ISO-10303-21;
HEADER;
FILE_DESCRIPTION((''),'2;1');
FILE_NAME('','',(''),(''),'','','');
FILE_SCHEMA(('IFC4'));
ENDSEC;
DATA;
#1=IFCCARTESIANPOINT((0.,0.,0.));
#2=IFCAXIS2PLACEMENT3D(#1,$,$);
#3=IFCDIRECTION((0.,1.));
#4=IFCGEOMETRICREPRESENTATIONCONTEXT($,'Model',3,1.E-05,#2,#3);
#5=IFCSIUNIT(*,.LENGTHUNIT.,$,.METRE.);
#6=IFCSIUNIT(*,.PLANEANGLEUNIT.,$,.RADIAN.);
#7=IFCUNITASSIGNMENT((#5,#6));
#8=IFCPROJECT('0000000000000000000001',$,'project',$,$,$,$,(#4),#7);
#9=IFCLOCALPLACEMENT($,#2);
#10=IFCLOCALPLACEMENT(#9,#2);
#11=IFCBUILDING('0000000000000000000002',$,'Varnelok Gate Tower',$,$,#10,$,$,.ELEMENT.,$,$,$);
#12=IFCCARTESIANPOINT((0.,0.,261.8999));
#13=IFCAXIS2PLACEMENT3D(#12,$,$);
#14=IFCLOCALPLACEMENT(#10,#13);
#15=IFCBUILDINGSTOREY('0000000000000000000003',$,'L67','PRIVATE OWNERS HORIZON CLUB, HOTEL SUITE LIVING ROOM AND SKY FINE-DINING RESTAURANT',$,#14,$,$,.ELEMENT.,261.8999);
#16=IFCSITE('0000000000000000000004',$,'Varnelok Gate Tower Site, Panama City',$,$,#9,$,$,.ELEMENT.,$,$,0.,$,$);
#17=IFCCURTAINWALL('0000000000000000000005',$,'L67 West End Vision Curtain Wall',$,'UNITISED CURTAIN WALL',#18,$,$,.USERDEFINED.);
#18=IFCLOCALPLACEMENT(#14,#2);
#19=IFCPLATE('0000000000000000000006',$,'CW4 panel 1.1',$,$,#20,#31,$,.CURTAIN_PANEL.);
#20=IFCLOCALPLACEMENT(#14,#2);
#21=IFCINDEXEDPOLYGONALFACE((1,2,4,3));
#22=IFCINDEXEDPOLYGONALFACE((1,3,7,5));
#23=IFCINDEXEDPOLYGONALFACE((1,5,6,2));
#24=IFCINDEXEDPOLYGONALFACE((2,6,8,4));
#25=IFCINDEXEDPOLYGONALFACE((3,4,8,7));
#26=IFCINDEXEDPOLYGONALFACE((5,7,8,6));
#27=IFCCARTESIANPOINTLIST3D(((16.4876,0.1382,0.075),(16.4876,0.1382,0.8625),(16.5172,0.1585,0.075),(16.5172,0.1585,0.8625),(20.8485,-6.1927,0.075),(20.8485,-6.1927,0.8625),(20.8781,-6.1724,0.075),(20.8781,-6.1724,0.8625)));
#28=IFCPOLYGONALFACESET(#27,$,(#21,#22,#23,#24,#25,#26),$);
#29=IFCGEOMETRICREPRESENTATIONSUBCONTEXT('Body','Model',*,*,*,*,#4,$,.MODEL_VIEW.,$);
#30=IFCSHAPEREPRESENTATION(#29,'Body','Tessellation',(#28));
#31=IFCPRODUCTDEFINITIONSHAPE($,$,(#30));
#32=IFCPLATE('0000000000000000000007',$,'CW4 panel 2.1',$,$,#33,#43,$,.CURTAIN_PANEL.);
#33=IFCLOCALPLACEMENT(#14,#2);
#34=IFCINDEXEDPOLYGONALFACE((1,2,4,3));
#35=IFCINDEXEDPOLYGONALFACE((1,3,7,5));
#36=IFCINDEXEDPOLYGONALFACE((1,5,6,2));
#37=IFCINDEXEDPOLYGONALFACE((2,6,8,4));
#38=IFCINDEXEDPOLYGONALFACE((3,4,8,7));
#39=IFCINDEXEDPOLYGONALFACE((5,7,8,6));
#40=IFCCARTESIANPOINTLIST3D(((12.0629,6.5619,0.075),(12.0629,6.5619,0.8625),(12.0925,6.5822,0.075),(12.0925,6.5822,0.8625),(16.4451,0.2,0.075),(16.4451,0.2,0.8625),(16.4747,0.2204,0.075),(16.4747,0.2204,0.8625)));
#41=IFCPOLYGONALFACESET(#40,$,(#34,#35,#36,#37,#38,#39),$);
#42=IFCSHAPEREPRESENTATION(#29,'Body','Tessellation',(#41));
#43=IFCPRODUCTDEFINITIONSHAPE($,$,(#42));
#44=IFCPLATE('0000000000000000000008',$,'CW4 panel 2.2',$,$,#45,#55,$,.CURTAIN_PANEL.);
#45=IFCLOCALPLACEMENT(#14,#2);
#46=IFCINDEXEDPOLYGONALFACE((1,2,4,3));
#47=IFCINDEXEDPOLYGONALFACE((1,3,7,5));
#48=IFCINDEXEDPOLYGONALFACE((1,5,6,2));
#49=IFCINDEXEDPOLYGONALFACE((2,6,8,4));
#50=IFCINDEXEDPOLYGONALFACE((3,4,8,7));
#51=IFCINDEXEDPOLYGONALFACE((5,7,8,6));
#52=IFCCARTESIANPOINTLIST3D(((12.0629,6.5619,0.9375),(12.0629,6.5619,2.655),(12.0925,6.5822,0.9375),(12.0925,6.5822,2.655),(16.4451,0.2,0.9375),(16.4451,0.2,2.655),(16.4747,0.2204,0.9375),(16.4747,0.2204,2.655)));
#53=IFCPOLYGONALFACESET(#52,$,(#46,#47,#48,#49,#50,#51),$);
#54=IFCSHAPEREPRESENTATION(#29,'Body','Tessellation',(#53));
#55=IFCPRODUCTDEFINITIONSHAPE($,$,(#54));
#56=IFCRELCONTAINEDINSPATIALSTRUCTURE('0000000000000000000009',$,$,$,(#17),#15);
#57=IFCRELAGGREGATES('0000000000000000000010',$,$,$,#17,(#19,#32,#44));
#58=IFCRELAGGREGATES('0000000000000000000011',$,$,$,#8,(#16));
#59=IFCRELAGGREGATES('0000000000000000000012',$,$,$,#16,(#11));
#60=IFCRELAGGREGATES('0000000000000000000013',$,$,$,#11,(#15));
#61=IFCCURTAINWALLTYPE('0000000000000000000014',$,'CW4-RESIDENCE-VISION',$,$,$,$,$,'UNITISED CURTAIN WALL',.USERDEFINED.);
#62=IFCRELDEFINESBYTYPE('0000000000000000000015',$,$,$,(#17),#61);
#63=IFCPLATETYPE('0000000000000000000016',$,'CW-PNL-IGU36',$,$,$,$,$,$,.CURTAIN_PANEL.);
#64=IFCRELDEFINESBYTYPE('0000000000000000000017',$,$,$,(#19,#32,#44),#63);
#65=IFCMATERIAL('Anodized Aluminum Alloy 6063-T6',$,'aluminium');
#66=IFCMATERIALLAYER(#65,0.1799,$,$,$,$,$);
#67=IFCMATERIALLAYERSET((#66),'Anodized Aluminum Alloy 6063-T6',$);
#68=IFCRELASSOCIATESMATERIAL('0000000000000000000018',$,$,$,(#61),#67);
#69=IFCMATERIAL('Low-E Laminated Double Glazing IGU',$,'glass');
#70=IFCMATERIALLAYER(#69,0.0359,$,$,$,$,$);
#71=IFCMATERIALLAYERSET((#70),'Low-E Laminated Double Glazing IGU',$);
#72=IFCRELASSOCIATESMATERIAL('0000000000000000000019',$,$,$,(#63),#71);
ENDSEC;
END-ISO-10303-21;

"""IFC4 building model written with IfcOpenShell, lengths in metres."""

from ifc_helpers import new_model, si_unit, direction, frame, origin, origin_2d, place, context, subcontext, project, spatial, rectangle, extrude, source, transform, mapped, material, layer, layer_set, type_object, element, aggregate, save


model = new_model("IFC4")

# Units and contexts
model_context = context("Model", 3, precision=1e-05, world=origin(), true_north=direction((0.0, 1.0)))
body_context = subcontext(model_context, "Body", "Model", "MODEL_VIEW")
ifc_project = project(units=[si_unit("LENGTHUNIT", "METRE"), si_unit("PLANEANGLEUNIT", "RADIAN")], contexts=[model_context])

# Site, building, storey
site_placement = place(None, origin())
site = spatial("IfcSite", under=ifc_project, at=site_placement, Name="Varnelok Gate Tower Site, Panama City", CompositionType="ELEMENT", RefElevation=0.0)
building_placement = place(site_placement, origin())
building = spatial("IfcBuilding", under=site, at=building_placement, Name="Varnelok Gate Tower", CompositionType="ELEMENT")
storey_placement = place(building_placement, frame((0.0, 0.0, 261.8999)))
storey = spatial("IfcBuildingStorey", under=building, at=storey_placement, Name="L67", Description="PRIVATE OWNERS HORIZON CLUB, HOTEL SUITE LIVING ROOM AND SKY FINE-DINING RESTAURANT", CompositionType="ELEMENT", Elevation=261.8999)

# Curtain wall
ifc_material_1 = material(Name="Anodized Aluminum Alloy 6063-T6", Category="aluminium")
ifc_layer_1 = layer(ifc_material_1, 0.1799)
ifc_layer_set_1 = layer_set([ifc_layer_1], Name="Anodized Aluminum Alloy 6063-T6")
curtain_wall_type = type_object("IfcCurtainWallType", Name="CW4-RESIDENCE-VISION", ElementType="UNITISED CURTAIN WALL", PredefinedType="USERDEFINED", material=ifc_layer_set_1)
curtain_wall_placement = place(storey_placement, origin())
curtain_wall = element("IfcCurtainWall", 1, at=curtain_wall_placement, inside=storey, type_object=curtain_wall_type, Name="L67 West End Vision Curtain Wall", ObjectType="UNITISED CURTAIN WALL", PredefinedType="USERDEFINED")

# Plates
ifc_material_2 = material(Name="Low-E Laminated Double Glazing IGU", Category="glass")
ifc_layer_2 = layer(ifc_material_2, 0.0359)
ifc_layer_set_2 = layer_set([ifc_layer_2], Name="Low-E Laminated Double Glazing IGU")
plate_type = type_object("IfcPlateType", Name="CW-PNL-IGU36", PredefinedType="CURTAIN_PANEL", material=ifc_layer_set_2)
shared_shape_1 = source(origin(), body_context, "Body", "SweptSolid", [
    extrude(rectangle(XDim=7.6875, YDim=0.0359, at=origin_2d()), origin(), (0.0, 0.0, 1.0), 0.7876),
])
plate_1_placement = place(storey_placement, frame((18.6829, -3.0171, 0.075), z_axis=(0.0, 0.0, 1.0), x_axis=(-0.567269, 0.823532, 0.0)))
plate_1 = element("IfcPlate", 2, at=plate_1_placement, type_object=plate_type, Name="CW4 panel 1.1", PredefinedType="CURTAIN_PANEL", context=body_context, shape_type="MappedRepresentation", body=[
    mapped(shared_shape_1, transform((0.0, 0.0, 0.0), scale=1.0)),
])
shared_shape_2 = source(origin(), body_context, "Body", "SweptSolid", [
    extrude(rectangle(XDim=7.7251, YDim=0.0359, at=origin_2d()), origin(), (0.0, 0.0, 1.0), 0.7876),
])
plate_2_placement = place(storey_placement, frame((14.2688, 3.3911, 0.075), z_axis=(0.0, 0.0, 1.0), x_axis=(-0.567269, 0.823532, 0.0)))
plate_2 = element("IfcPlate", 3, at=plate_2_placement, type_object=plate_type, Name="CW4 panel 2.1", PredefinedType="CURTAIN_PANEL", context=body_context, shape_type="MappedRepresentation", body=[
    mapped(shared_shape_2, transform((0.0, 0.0, 0.0), scale=1.0)),
])
shared_shape_3 = source(origin(), body_context, "Body", "SweptSolid", [
    extrude(rectangle(XDim=7.7251, YDim=0.0359, at=origin_2d()), origin(), (0.0, 0.0, 1.0), 1.7175),
])
plate_3_placement = place(storey_placement, frame((14.2688, 3.3911, 0.9375), z_axis=(0.0, 0.0, 1.0), x_axis=(-0.567269, 0.823532, 0.0)))
plate_3 = element("IfcPlate", 4, at=plate_3_placement, type_object=plate_type, Name="CW4 panel 2.2", PredefinedType="CURTAIN_PANEL", context=body_context, shape_type="MappedRepresentation", body=[
    mapped(shared_shape_3, transform((0.0, 0.0, 0.0), scale=1.0)),
])
aggregate(curtain_wall, [plate_1, plate_2, plate_3])

save(model, "model.ifc")
